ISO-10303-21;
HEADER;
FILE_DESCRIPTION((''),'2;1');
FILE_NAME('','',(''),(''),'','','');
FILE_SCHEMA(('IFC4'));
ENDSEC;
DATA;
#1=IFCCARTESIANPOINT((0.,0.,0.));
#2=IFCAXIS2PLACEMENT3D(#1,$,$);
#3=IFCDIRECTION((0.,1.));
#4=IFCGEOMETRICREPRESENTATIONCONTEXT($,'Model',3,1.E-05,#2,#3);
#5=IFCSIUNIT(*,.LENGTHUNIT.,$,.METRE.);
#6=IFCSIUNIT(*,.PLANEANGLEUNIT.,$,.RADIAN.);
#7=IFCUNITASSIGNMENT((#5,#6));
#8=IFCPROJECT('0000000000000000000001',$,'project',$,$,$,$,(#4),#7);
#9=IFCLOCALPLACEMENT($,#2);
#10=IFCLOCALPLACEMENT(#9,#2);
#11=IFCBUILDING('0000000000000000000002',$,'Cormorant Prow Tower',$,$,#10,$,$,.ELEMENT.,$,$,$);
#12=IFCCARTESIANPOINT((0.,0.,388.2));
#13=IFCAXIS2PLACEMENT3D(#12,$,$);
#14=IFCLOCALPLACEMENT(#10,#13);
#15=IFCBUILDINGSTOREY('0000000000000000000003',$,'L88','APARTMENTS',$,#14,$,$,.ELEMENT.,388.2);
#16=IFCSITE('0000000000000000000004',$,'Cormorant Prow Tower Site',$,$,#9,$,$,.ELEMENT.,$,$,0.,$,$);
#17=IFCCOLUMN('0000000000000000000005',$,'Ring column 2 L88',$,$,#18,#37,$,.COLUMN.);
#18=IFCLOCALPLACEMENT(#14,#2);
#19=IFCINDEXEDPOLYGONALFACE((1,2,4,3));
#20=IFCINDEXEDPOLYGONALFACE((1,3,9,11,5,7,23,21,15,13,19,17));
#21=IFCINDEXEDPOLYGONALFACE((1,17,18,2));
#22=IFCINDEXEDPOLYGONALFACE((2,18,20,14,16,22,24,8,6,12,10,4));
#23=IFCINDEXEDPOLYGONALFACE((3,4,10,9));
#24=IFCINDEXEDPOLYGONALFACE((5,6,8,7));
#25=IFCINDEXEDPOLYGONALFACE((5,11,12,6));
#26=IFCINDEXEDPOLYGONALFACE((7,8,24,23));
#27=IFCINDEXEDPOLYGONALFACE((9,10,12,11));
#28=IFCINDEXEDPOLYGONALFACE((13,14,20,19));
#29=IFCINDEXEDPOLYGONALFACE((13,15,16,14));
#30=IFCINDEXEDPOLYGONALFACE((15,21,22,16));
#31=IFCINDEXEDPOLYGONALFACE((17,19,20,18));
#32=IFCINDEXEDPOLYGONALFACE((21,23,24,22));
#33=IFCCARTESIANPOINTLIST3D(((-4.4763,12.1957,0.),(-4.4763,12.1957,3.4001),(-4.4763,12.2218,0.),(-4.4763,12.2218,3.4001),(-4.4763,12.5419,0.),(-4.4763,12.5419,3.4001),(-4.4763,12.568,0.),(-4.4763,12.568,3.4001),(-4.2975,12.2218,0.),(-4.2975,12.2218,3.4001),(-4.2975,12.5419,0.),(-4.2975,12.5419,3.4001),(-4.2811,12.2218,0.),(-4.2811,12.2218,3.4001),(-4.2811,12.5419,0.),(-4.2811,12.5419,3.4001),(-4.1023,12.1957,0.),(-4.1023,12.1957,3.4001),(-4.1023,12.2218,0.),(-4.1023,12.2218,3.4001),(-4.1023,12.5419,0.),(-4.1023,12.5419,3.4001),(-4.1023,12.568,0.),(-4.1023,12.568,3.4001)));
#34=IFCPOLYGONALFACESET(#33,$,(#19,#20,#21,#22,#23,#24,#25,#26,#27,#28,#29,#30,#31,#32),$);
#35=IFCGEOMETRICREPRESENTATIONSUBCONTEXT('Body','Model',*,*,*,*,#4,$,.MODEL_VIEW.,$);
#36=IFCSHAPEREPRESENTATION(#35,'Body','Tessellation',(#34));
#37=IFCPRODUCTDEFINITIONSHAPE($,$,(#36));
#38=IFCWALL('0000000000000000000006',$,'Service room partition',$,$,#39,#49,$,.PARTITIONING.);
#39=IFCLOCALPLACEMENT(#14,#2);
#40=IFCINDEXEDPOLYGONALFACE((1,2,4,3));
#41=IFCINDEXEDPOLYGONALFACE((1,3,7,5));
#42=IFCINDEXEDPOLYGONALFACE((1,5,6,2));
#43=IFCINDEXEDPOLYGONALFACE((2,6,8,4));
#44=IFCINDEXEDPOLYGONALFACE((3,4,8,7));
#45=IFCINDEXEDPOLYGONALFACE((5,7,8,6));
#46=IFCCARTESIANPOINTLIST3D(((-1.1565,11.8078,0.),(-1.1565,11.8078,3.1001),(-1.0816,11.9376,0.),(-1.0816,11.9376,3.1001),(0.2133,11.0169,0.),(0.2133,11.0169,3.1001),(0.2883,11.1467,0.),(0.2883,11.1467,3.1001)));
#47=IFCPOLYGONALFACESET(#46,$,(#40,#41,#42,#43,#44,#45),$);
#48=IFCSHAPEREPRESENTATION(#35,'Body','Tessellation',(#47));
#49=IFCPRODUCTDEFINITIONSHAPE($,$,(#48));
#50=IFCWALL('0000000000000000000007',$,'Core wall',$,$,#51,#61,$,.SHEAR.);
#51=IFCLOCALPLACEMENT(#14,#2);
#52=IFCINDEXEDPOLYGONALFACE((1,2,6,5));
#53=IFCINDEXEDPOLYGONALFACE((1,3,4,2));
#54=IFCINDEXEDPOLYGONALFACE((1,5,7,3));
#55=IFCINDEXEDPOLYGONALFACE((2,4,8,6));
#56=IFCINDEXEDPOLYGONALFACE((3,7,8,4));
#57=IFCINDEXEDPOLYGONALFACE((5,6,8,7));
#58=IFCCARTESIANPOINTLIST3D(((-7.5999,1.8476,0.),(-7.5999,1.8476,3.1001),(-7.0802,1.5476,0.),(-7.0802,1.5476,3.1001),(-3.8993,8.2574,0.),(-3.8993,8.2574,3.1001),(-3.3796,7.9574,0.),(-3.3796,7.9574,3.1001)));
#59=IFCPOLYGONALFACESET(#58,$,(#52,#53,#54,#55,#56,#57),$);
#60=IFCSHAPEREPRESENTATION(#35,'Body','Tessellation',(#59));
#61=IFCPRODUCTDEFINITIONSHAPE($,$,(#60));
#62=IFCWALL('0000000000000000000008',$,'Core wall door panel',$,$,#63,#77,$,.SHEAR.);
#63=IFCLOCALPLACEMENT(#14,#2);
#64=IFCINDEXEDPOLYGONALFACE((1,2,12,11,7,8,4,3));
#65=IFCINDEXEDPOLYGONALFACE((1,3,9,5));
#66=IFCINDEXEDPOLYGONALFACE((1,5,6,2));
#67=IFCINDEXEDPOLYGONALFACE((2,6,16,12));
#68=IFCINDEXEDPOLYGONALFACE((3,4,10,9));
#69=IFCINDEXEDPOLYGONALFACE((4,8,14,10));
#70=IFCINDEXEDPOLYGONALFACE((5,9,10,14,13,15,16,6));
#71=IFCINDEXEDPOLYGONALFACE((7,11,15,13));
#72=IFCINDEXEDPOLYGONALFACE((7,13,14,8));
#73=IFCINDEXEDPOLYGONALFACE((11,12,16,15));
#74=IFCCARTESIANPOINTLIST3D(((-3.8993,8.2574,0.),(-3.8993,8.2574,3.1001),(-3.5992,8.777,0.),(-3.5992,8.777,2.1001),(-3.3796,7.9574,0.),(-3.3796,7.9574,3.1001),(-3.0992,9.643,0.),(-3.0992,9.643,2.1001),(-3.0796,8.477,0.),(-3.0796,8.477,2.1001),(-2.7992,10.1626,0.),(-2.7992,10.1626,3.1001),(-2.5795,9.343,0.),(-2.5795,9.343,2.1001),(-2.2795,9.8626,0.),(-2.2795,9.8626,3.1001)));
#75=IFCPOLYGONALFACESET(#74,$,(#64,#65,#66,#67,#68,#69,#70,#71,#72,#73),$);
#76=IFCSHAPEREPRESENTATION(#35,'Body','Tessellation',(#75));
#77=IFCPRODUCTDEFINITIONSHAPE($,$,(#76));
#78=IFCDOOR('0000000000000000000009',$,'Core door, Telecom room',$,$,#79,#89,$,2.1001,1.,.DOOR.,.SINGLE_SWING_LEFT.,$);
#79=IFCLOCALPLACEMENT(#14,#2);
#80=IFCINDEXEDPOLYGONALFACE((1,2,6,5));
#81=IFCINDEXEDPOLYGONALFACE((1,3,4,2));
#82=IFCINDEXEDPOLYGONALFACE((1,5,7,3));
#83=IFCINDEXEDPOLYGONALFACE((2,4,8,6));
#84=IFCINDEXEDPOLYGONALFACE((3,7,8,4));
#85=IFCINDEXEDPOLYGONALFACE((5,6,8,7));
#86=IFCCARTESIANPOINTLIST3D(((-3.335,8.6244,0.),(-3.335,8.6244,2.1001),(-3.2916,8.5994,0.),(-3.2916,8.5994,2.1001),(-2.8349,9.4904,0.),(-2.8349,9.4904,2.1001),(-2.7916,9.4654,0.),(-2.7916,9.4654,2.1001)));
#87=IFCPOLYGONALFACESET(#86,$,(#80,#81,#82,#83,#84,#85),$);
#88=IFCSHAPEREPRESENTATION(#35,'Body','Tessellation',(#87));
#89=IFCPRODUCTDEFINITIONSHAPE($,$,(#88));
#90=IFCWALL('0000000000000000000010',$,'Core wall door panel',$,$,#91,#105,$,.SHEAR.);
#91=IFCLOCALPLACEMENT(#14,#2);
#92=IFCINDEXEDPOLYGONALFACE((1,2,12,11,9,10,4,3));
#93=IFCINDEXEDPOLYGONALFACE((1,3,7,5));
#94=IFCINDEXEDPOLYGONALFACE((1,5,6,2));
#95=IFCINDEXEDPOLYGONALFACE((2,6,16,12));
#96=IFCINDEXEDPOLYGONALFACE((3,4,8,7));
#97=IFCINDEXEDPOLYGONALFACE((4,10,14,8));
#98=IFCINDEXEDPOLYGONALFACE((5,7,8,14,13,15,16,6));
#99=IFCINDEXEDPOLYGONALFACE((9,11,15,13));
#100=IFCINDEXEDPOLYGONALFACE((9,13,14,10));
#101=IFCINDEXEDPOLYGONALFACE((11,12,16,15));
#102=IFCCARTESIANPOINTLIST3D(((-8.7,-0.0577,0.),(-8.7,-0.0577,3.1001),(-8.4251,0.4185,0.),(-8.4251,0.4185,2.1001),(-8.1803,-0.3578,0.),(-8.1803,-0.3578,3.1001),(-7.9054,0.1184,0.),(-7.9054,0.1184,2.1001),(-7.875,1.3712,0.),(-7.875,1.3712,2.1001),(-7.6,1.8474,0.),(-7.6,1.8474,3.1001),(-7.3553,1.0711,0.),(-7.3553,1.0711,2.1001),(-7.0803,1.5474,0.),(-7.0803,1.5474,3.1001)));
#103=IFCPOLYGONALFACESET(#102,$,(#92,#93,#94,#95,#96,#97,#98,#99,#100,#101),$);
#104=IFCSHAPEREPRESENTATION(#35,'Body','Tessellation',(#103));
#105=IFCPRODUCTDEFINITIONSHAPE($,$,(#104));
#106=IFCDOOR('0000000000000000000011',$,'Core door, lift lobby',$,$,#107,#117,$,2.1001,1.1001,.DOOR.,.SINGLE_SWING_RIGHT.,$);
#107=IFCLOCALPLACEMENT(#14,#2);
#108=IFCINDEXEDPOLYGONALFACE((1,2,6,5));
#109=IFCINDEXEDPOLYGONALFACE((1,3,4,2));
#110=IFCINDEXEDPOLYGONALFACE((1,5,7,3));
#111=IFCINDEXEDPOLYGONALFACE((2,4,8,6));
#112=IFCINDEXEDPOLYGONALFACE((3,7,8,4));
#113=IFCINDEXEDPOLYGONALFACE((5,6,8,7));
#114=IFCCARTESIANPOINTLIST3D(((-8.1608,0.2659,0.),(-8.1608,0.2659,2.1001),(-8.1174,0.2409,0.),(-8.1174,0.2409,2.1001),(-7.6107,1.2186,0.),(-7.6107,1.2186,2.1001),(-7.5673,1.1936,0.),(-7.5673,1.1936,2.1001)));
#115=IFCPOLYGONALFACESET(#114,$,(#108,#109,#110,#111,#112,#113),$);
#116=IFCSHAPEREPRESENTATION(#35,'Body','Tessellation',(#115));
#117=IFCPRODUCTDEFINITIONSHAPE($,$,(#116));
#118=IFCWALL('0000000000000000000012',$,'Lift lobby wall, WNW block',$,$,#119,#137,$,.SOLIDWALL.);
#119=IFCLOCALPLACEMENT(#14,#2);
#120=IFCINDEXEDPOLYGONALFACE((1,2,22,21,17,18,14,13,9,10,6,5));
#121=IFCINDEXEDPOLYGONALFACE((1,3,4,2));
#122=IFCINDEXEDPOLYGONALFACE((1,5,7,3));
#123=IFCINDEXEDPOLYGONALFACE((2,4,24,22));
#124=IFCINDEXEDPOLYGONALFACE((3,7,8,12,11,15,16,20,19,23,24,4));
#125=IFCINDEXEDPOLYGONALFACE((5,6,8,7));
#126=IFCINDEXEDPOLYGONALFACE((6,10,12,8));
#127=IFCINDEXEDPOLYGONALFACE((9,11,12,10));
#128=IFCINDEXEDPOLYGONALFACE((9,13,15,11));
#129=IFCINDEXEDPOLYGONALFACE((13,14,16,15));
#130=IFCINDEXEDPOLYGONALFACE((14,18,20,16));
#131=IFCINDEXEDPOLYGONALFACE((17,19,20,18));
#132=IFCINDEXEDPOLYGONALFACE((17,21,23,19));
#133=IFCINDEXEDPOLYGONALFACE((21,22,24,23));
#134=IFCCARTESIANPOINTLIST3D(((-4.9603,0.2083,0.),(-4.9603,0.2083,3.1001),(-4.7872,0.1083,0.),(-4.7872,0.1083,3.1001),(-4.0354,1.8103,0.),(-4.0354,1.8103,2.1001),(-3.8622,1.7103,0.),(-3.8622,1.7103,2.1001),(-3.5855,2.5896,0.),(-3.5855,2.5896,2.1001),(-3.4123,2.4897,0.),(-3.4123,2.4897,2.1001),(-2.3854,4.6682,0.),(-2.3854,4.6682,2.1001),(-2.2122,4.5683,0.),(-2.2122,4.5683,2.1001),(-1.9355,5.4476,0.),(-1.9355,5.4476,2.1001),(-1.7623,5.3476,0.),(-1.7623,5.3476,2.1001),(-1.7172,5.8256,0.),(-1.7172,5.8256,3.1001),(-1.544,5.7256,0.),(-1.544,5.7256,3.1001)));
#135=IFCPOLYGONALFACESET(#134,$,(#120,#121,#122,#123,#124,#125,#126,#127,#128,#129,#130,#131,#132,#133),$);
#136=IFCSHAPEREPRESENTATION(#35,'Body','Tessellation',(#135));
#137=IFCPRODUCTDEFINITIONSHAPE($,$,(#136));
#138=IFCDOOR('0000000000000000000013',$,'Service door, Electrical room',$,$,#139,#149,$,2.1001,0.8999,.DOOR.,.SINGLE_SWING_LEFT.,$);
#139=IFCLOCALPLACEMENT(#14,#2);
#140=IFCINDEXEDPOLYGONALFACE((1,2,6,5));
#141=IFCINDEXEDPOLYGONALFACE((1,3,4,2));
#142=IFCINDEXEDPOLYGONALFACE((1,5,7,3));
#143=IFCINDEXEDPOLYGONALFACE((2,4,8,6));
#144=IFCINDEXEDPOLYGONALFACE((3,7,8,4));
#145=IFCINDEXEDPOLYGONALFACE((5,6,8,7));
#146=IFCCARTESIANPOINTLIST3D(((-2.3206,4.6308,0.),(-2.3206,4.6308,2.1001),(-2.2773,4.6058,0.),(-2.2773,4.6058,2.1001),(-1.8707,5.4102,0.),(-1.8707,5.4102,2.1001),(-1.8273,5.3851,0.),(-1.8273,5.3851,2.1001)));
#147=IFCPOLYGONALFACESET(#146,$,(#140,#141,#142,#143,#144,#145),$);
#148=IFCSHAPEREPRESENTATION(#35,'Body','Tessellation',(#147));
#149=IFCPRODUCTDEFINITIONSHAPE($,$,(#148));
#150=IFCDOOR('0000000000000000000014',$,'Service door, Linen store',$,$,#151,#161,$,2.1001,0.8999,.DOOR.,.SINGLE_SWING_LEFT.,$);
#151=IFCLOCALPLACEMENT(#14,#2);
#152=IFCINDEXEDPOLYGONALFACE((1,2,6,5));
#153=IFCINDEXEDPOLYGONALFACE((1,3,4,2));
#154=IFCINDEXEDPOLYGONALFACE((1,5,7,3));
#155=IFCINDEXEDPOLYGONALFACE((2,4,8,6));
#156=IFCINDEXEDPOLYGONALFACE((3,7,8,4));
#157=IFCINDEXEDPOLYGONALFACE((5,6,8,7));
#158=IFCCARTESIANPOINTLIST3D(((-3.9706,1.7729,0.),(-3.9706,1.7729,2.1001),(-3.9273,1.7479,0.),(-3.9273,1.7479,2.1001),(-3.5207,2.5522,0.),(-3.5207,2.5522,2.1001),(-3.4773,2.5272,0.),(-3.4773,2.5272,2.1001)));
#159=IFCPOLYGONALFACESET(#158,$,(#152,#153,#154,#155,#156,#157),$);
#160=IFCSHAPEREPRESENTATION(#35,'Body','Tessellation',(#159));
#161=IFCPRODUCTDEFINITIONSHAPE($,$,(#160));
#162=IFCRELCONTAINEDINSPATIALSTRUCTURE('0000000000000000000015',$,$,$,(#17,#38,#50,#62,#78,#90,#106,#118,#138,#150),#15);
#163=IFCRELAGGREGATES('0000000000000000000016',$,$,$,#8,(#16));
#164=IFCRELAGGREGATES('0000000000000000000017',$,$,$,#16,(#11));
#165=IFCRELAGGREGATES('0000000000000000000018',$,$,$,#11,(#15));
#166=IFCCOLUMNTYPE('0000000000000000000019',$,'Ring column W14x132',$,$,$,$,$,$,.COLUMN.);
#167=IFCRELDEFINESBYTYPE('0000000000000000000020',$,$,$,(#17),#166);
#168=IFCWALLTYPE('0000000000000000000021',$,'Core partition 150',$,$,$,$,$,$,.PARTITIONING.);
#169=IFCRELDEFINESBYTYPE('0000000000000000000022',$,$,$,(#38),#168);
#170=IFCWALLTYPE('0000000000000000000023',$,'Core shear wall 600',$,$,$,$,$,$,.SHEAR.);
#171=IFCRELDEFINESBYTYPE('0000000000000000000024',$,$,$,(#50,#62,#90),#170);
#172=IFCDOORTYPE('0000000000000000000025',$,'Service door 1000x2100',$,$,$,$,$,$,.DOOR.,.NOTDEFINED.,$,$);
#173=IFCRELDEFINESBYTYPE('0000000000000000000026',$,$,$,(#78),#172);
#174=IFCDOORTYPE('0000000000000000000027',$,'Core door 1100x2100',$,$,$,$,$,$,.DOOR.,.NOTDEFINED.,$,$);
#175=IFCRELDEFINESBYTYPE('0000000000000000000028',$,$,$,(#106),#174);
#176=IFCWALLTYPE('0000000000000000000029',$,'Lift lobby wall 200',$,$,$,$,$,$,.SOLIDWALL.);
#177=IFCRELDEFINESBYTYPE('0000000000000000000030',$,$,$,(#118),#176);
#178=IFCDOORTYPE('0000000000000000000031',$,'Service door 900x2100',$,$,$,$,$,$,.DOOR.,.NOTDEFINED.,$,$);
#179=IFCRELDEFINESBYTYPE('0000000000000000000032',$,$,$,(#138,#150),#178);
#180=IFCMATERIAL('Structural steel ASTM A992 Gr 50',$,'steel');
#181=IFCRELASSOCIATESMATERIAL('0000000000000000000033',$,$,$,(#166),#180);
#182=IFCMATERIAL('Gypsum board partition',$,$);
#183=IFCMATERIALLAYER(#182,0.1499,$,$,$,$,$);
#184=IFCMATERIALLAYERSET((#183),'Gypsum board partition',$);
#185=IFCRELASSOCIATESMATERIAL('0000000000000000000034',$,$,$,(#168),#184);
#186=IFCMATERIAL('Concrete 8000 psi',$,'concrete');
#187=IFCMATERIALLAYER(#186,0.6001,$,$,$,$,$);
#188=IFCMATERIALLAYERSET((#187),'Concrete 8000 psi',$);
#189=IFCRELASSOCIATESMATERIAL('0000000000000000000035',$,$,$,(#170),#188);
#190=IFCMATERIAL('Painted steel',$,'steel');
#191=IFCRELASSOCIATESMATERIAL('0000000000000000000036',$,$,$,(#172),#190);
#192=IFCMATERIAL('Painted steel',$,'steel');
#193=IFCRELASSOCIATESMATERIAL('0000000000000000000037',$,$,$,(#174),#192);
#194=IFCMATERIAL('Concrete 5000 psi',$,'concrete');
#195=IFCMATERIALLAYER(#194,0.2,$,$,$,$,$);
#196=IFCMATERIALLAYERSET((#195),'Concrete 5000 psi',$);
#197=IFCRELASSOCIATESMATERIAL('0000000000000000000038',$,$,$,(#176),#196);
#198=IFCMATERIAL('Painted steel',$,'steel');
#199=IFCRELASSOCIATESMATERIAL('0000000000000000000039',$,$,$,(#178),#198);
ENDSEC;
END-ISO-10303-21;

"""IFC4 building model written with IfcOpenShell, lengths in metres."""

from ifc_helpers import new_model, si_unit, direction, frame, frame_2d, origin, origin_2d, place, context, subcontext, project, spatial, rectangle, i_section, extrude, material, layer, layer_set, material_profile, profile_set, type_object, element, fill, save


model = new_model("IFC4")

# Units and contexts
model_context = context("Model", 3, precision=1e-05, world=origin(), true_north=direction((0.0, 1.0)))
body_context = subcontext(model_context, "Body", "Model", "MODEL_VIEW")
ifc_project = project(units=[si_unit("LENGTHUNIT", "METRE"), si_unit("PLANEANGLEUNIT", "RADIAN")], contexts=[model_context])

# Site, building, storey
site_placement = place(None, origin())
site = spatial("IfcSite", under=ifc_project, at=site_placement, Name="Cormorant Prow Tower Site", CompositionType="ELEMENT", RefElevation=0.0)
building_placement = place(site_placement, origin())
building = spatial("IfcBuilding", under=site, at=building_placement, Name="Cormorant Prow Tower", CompositionType="ELEMENT")
storey_placement = place(building_placement, frame((0.0, 0.0, 388.2)))
storey = spatial("IfcBuildingStorey", under=building, at=storey_placement, Name="L88", Description="APARTMENTS", CompositionType="ELEMENT", Elevation=388.2)

# Column
ifc_material_1 = material(Name="Structural steel ASTM A992 Gr 50", Category="steel")
ifc_material_profile = material_profile(ifc_material_1, i_section(OverallWidth=0.374, OverallDepth=0.3723, WebThickness=0.0164, FlangeThickness=0.0261, at=origin_2d()), Name="W14x132")
ifc_profile_set = profile_set([ifc_material_profile], Name="Structural steel ASTM A992 Gr 50")
column_type = type_object("IfcColumnType", Name="Ring column W14x132", PredefinedType="COLUMN", material=ifc_profile_set)
column_placement = place(storey_placement, frame((-4.2893, 12.3818, 0.0), z_axis=(0.0, 0.0, 1.0), x_axis=(1.0, 0.0, 0.0)))
element("IfcColumn", 1, at=column_placement, inside=storey, type_object=column_type, Name="Ring column 2 L88", PredefinedType="COLUMN", context=body_context, shape_type="SweptSolid", body=[
    extrude(i_section(OverallWidth=0.374, OverallDepth=0.3723, WebThickness=0.0164, FlangeThickness=0.0261, at=origin_2d()), origin(), (0.0, 0.0, 1.0), 3.4001),
])

# Walls
ifc_material_2 = material(Name="Gypsum board partition")
ifc_layer_1 = layer(ifc_material_2, 0.1499)
ifc_layer_set_1 = layer_set([ifc_layer_1], Name="Gypsum board partition")
wall_type_1 = type_object("IfcWallType", Name="Core partition 150", PredefinedType="PARTITIONING", material=ifc_layer_set_1)
wall_1_placement = place(storey_placement, frame((-1.1191, 11.8728, 0.0), z_axis=(0.0, 0.0, 1.0), x_axis=(0.865993, -0.500056, 0.0)))
element("IfcWall", 2, at=wall_1_placement, inside=storey, type_object=wall_type_1, Name="Service room partition", PredefinedType="PARTITIONING", context=body_context, shape_type="SweptSolid", body=[
    extrude(rectangle(XDim=1.5818, YDim=0.1499, at=frame_2d((0.791, 0.0))), origin(), (0.0, 0.0, 1.0), 3.1001),
])
ifc_material_3 = material(Name="Concrete 8000 psi", Category="concrete")
ifc_layer_2 = layer(ifc_material_3, 0.6001)
ifc_layer_set_2 = layer_set([ifc_layer_2], Name="Concrete 8000 psi")
wall_type_2 = type_object("IfcWallType", Name="Core shear wall 600", PredefinedType="SHEAR", material=ifc_layer_set_2)
wall_2_placement = place(storey_placement, frame((-3.6394, 8.1074, 0.0), z_axis=(0.0, 0.0, 1.0), x_axis=(-0.499992, -0.86603, 0.0)))
element("IfcWall", 3, at=wall_2_placement, inside=storey, type_object=wall_type_2, Name="Core wall", PredefinedType="SHEAR", context=body_context, shape_type="SweptSolid", body=[
    extrude(rectangle(XDim=7.4014, YDim=0.6001, at=frame_2d((3.7007, 0.0))), origin(), (0.0, 0.0, 1.0), 3.1001),
])

# Walls, openings, doors
wall_3_placement = place(storey_placement, frame((-2.5393, 10.0127, 0.0), z_axis=(0.0, 0.0, 1.0), x_axis=(-0.50003, -0.866008, 0.0)))
wall_3 = element("IfcWall", 4, at=wall_3_placement, inside=storey, type_object=wall_type_2, Name="Core wall door panel", PredefinedType="SHEAR", context=body_context, shape_type="SweptSolid", body=[
    extrude(rectangle(XDim=2.2, YDim=0.6001, at=frame_2d((1.1001, 0.0))), origin(), (0.0, 0.0, 1.0), 3.1001),
])
opening_1_placement = place(wall_3_placement, frame((0.6001, 0.0, 0.0)))
opening_1 = element("IfcOpeningElement", 5, at=opening_1_placement, cuts=wall_3, PredefinedType="OPENING", context=body_context, shape_type="SweptSolid", body=[
    extrude(rectangle(XDim=1.0, YDim=2.1001, at=frame_2d((0.5, 1.05))), frame((0.0, 0.3101, 0.0), z_axis=(0.0, -1.0, 0.0), x_axis=(1.0, 0.0, 0.0)), (0.0, 0.0, 1.0), 0.6201),
])
ifc_material_4 = material(Name="Painted steel", Category="steel")
door_type_1 = type_object("IfcDoorType", Name="Service door 1000x2100", OperationType="NOTDEFINED", PredefinedType="DOOR", material=ifc_material_4)
door_1_placement = place(opening_1_placement, origin())
door_1 = element("IfcDoor", 6, at=door_1_placement, inside=storey, type_object=door_type_1, Name="Core door, Telecom room", OperationType="SINGLE_SWING_LEFT", OverallHeight=2.1001, OverallWidth=1.0, PredefinedType="DOOR", context=body_context, shape_type="SweptSolid", body=[
    extrude(rectangle(XDim=1.0, YDim=2.1001, at=frame_2d((0.5, 1.05))), frame((0.0, 0.0552, 0.0), z_axis=(0.0, -1.0, 0.0), x_axis=(1.0, 0.0, 0.0)), (0.0, 0.0, 1.0), 0.05),
])
fill(opening_1, door_1)
wall_4_placement = place(storey_placement, frame((-7.3401, 1.6975, 0.0), z_axis=(0.0, 0.0, 1.0), x_axis=(-0.50003, -0.866008, 0.0)))
wall_4 = element("IfcWall", 7, at=wall_4_placement, inside=storey, type_object=wall_type_2, Name="Core wall door panel", PredefinedType="SHEAR", context=body_context, shape_type="SweptSolid", body=[
    extrude(rectangle(XDim=2.2, YDim=0.6001, at=frame_2d((1.1001, 0.0))), origin(), (0.0, 0.0, 1.0), 3.1001),
])
opening_2_placement = place(wall_4_placement, frame((0.55, 0.0, 0.0)))
opening_2 = element("IfcOpeningElement", 8, at=opening_2_placement, cuts=wall_4, PredefinedType="OPENING", context=body_context, shape_type="SweptSolid", body=[
    extrude(rectangle(XDim=1.1001, YDim=2.1001, at=frame_2d((0.55, 1.05))), frame((0.0, 0.3101, 0.0), z_axis=(0.0, -1.0, 0.0), x_axis=(1.0, 0.0, 0.0)), (0.0, 0.0, 1.0), 0.6201),
])
ifc_material_5 = material(Name="Painted steel", Category="steel")
door_type_2 = type_object("IfcDoorType", Name="Core door 1100x2100", OperationType="NOTDEFINED", PredefinedType="DOOR", material=ifc_material_5)
door_2_placement = place(opening_2_placement, origin())
door_2 = element("IfcDoor", 9, at=door_2_placement, inside=storey, type_object=door_type_2, Name="Core door, lift lobby", OperationType="SINGLE_SWING_RIGHT", OverallHeight=2.1001, OverallWidth=1.1001, PredefinedType="DOOR", context=body_context, shape_type="SweptSolid", body=[
    extrude(rectangle(XDim=1.1001, YDim=2.1001, at=frame_2d((0.55, 1.05))), frame((0.0, 0.0552, 0.0), z_axis=(0.0, -1.0, 0.0), x_axis=(1.0, 0.0, 0.0)), (0.0, 0.0, 1.0), 0.05),
])
fill(opening_2, door_2)

# Wall, openings, doors
ifc_material_6 = material(Name="Concrete 5000 psi", Category="concrete")
ifc_layer_3 = layer(ifc_material_6, 0.2)
ifc_layer_set_3 = layer_set([ifc_layer_3], Name="Concrete 5000 psi")
wall_type_3 = type_object("IfcWallType", Name="Lift lobby wall 200", PredefinedType="SOLIDWALL", material=ifc_layer_set_3)
wall_5_placement = place(storey_placement, frame((-1.6306, 5.7756, 0.0), z_axis=(0.0, 0.0, 1.0), x_axis=(-0.499993, -0.86603, 0.0)))
wall_5 = element("IfcWall", 10, at=wall_5_placement, inside=storey, type_object=wall_type_3, Name="Lift lobby wall, WNW block", PredefinedType="SOLIDWALL", context=body_context, shape_type="SweptSolid", body=[
    extrude(rectangle(XDim=6.4863, YDim=0.2, at=frame_2d((3.2432, 0.0))), origin(), (0.0, 0.0, 1.0), 3.1001),
])
opening_3_placement = place(wall_5_placement, frame((0.4365, 0.0, 0.0)))
opening_3 = element("IfcOpeningElement", 11, at=opening_3_placement, cuts=wall_5, PredefinedType="OPENING", context=body_context, shape_type="SweptSolid", body=[
    extrude(rectangle(XDim=0.8999, YDim=2.1001, at=frame_2d((0.45, 1.05))), frame((0.0, 0.1099, 0.0), z_axis=(0.0, -1.0, 0.0), x_axis=(1.0, 0.0, 0.0)), (0.0, 0.0, 1.0), 0.22),
])
opening_4_placement = place(wall_5_placement, frame((3.7366, 0.0, 0.0)))
opening_4 = element("IfcOpeningElement", 12, at=opening_4_placement, cuts=wall_5, PredefinedType="OPENING", context=body_context, shape_type="SweptSolid", body=[
    extrude(rectangle(XDim=0.8999, YDim=2.1001, at=frame_2d((0.45, 1.05))), frame((0.0, 0.1099, 0.0), z_axis=(0.0, -1.0, 0.0), x_axis=(1.0, 0.0, 0.0)), (0.0, 0.0, 1.0), 0.22),
])
ifc_material_7 = material(Name="Painted steel", Category="steel")
door_type_3 = type_object("IfcDoorType", Name="Service door 900x2100", OperationType="NOTDEFINED", PredefinedType="DOOR", material=ifc_material_7)
door_3_placement = place(opening_3_placement, origin())
door_3 = element("IfcDoor", 13, at=door_3_placement, inside=storey, type_object=door_type_3, Name="Service door, Electrical room", OperationType="SINGLE_SWING_LEFT", OverallHeight=2.1001, OverallWidth=0.8999, PredefinedType="DOOR", context=body_context, shape_type="SweptSolid", body=[
    extrude(rectangle(XDim=0.8999, YDim=2.1001, at=frame_2d((0.45, 1.05))), frame((0.0, 0.0249, 0.0), z_axis=(0.0, -1.0, 0.0), x_axis=(1.0, 0.0, 0.0)), (0.0, 0.0, 1.0), 0.05),
])
fill(opening_3, door_3)
door_4_placement = place(opening_4_placement, origin())
door_4 = element("IfcDoor", 14, at=door_4_placement, inside=storey, type_object=door_type_3, Name="Service door, Linen store", OperationType="SINGLE_SWING_LEFT", OverallHeight=2.1001, OverallWidth=0.8999, PredefinedType="DOOR", context=body_context, shape_type="SweptSolid", body=[
    extrude(rectangle(XDim=0.8999, YDim=2.1001, at=frame_2d((0.45, 1.05))), frame((0.0, 0.0249, 0.0), z_axis=(0.0, -1.0, 0.0), x_axis=(1.0, 0.0, 0.0)), (0.0, 0.0, 1.0), 0.05),
])
fill(opening_4, door_4)

save(model, "model.ifc")
